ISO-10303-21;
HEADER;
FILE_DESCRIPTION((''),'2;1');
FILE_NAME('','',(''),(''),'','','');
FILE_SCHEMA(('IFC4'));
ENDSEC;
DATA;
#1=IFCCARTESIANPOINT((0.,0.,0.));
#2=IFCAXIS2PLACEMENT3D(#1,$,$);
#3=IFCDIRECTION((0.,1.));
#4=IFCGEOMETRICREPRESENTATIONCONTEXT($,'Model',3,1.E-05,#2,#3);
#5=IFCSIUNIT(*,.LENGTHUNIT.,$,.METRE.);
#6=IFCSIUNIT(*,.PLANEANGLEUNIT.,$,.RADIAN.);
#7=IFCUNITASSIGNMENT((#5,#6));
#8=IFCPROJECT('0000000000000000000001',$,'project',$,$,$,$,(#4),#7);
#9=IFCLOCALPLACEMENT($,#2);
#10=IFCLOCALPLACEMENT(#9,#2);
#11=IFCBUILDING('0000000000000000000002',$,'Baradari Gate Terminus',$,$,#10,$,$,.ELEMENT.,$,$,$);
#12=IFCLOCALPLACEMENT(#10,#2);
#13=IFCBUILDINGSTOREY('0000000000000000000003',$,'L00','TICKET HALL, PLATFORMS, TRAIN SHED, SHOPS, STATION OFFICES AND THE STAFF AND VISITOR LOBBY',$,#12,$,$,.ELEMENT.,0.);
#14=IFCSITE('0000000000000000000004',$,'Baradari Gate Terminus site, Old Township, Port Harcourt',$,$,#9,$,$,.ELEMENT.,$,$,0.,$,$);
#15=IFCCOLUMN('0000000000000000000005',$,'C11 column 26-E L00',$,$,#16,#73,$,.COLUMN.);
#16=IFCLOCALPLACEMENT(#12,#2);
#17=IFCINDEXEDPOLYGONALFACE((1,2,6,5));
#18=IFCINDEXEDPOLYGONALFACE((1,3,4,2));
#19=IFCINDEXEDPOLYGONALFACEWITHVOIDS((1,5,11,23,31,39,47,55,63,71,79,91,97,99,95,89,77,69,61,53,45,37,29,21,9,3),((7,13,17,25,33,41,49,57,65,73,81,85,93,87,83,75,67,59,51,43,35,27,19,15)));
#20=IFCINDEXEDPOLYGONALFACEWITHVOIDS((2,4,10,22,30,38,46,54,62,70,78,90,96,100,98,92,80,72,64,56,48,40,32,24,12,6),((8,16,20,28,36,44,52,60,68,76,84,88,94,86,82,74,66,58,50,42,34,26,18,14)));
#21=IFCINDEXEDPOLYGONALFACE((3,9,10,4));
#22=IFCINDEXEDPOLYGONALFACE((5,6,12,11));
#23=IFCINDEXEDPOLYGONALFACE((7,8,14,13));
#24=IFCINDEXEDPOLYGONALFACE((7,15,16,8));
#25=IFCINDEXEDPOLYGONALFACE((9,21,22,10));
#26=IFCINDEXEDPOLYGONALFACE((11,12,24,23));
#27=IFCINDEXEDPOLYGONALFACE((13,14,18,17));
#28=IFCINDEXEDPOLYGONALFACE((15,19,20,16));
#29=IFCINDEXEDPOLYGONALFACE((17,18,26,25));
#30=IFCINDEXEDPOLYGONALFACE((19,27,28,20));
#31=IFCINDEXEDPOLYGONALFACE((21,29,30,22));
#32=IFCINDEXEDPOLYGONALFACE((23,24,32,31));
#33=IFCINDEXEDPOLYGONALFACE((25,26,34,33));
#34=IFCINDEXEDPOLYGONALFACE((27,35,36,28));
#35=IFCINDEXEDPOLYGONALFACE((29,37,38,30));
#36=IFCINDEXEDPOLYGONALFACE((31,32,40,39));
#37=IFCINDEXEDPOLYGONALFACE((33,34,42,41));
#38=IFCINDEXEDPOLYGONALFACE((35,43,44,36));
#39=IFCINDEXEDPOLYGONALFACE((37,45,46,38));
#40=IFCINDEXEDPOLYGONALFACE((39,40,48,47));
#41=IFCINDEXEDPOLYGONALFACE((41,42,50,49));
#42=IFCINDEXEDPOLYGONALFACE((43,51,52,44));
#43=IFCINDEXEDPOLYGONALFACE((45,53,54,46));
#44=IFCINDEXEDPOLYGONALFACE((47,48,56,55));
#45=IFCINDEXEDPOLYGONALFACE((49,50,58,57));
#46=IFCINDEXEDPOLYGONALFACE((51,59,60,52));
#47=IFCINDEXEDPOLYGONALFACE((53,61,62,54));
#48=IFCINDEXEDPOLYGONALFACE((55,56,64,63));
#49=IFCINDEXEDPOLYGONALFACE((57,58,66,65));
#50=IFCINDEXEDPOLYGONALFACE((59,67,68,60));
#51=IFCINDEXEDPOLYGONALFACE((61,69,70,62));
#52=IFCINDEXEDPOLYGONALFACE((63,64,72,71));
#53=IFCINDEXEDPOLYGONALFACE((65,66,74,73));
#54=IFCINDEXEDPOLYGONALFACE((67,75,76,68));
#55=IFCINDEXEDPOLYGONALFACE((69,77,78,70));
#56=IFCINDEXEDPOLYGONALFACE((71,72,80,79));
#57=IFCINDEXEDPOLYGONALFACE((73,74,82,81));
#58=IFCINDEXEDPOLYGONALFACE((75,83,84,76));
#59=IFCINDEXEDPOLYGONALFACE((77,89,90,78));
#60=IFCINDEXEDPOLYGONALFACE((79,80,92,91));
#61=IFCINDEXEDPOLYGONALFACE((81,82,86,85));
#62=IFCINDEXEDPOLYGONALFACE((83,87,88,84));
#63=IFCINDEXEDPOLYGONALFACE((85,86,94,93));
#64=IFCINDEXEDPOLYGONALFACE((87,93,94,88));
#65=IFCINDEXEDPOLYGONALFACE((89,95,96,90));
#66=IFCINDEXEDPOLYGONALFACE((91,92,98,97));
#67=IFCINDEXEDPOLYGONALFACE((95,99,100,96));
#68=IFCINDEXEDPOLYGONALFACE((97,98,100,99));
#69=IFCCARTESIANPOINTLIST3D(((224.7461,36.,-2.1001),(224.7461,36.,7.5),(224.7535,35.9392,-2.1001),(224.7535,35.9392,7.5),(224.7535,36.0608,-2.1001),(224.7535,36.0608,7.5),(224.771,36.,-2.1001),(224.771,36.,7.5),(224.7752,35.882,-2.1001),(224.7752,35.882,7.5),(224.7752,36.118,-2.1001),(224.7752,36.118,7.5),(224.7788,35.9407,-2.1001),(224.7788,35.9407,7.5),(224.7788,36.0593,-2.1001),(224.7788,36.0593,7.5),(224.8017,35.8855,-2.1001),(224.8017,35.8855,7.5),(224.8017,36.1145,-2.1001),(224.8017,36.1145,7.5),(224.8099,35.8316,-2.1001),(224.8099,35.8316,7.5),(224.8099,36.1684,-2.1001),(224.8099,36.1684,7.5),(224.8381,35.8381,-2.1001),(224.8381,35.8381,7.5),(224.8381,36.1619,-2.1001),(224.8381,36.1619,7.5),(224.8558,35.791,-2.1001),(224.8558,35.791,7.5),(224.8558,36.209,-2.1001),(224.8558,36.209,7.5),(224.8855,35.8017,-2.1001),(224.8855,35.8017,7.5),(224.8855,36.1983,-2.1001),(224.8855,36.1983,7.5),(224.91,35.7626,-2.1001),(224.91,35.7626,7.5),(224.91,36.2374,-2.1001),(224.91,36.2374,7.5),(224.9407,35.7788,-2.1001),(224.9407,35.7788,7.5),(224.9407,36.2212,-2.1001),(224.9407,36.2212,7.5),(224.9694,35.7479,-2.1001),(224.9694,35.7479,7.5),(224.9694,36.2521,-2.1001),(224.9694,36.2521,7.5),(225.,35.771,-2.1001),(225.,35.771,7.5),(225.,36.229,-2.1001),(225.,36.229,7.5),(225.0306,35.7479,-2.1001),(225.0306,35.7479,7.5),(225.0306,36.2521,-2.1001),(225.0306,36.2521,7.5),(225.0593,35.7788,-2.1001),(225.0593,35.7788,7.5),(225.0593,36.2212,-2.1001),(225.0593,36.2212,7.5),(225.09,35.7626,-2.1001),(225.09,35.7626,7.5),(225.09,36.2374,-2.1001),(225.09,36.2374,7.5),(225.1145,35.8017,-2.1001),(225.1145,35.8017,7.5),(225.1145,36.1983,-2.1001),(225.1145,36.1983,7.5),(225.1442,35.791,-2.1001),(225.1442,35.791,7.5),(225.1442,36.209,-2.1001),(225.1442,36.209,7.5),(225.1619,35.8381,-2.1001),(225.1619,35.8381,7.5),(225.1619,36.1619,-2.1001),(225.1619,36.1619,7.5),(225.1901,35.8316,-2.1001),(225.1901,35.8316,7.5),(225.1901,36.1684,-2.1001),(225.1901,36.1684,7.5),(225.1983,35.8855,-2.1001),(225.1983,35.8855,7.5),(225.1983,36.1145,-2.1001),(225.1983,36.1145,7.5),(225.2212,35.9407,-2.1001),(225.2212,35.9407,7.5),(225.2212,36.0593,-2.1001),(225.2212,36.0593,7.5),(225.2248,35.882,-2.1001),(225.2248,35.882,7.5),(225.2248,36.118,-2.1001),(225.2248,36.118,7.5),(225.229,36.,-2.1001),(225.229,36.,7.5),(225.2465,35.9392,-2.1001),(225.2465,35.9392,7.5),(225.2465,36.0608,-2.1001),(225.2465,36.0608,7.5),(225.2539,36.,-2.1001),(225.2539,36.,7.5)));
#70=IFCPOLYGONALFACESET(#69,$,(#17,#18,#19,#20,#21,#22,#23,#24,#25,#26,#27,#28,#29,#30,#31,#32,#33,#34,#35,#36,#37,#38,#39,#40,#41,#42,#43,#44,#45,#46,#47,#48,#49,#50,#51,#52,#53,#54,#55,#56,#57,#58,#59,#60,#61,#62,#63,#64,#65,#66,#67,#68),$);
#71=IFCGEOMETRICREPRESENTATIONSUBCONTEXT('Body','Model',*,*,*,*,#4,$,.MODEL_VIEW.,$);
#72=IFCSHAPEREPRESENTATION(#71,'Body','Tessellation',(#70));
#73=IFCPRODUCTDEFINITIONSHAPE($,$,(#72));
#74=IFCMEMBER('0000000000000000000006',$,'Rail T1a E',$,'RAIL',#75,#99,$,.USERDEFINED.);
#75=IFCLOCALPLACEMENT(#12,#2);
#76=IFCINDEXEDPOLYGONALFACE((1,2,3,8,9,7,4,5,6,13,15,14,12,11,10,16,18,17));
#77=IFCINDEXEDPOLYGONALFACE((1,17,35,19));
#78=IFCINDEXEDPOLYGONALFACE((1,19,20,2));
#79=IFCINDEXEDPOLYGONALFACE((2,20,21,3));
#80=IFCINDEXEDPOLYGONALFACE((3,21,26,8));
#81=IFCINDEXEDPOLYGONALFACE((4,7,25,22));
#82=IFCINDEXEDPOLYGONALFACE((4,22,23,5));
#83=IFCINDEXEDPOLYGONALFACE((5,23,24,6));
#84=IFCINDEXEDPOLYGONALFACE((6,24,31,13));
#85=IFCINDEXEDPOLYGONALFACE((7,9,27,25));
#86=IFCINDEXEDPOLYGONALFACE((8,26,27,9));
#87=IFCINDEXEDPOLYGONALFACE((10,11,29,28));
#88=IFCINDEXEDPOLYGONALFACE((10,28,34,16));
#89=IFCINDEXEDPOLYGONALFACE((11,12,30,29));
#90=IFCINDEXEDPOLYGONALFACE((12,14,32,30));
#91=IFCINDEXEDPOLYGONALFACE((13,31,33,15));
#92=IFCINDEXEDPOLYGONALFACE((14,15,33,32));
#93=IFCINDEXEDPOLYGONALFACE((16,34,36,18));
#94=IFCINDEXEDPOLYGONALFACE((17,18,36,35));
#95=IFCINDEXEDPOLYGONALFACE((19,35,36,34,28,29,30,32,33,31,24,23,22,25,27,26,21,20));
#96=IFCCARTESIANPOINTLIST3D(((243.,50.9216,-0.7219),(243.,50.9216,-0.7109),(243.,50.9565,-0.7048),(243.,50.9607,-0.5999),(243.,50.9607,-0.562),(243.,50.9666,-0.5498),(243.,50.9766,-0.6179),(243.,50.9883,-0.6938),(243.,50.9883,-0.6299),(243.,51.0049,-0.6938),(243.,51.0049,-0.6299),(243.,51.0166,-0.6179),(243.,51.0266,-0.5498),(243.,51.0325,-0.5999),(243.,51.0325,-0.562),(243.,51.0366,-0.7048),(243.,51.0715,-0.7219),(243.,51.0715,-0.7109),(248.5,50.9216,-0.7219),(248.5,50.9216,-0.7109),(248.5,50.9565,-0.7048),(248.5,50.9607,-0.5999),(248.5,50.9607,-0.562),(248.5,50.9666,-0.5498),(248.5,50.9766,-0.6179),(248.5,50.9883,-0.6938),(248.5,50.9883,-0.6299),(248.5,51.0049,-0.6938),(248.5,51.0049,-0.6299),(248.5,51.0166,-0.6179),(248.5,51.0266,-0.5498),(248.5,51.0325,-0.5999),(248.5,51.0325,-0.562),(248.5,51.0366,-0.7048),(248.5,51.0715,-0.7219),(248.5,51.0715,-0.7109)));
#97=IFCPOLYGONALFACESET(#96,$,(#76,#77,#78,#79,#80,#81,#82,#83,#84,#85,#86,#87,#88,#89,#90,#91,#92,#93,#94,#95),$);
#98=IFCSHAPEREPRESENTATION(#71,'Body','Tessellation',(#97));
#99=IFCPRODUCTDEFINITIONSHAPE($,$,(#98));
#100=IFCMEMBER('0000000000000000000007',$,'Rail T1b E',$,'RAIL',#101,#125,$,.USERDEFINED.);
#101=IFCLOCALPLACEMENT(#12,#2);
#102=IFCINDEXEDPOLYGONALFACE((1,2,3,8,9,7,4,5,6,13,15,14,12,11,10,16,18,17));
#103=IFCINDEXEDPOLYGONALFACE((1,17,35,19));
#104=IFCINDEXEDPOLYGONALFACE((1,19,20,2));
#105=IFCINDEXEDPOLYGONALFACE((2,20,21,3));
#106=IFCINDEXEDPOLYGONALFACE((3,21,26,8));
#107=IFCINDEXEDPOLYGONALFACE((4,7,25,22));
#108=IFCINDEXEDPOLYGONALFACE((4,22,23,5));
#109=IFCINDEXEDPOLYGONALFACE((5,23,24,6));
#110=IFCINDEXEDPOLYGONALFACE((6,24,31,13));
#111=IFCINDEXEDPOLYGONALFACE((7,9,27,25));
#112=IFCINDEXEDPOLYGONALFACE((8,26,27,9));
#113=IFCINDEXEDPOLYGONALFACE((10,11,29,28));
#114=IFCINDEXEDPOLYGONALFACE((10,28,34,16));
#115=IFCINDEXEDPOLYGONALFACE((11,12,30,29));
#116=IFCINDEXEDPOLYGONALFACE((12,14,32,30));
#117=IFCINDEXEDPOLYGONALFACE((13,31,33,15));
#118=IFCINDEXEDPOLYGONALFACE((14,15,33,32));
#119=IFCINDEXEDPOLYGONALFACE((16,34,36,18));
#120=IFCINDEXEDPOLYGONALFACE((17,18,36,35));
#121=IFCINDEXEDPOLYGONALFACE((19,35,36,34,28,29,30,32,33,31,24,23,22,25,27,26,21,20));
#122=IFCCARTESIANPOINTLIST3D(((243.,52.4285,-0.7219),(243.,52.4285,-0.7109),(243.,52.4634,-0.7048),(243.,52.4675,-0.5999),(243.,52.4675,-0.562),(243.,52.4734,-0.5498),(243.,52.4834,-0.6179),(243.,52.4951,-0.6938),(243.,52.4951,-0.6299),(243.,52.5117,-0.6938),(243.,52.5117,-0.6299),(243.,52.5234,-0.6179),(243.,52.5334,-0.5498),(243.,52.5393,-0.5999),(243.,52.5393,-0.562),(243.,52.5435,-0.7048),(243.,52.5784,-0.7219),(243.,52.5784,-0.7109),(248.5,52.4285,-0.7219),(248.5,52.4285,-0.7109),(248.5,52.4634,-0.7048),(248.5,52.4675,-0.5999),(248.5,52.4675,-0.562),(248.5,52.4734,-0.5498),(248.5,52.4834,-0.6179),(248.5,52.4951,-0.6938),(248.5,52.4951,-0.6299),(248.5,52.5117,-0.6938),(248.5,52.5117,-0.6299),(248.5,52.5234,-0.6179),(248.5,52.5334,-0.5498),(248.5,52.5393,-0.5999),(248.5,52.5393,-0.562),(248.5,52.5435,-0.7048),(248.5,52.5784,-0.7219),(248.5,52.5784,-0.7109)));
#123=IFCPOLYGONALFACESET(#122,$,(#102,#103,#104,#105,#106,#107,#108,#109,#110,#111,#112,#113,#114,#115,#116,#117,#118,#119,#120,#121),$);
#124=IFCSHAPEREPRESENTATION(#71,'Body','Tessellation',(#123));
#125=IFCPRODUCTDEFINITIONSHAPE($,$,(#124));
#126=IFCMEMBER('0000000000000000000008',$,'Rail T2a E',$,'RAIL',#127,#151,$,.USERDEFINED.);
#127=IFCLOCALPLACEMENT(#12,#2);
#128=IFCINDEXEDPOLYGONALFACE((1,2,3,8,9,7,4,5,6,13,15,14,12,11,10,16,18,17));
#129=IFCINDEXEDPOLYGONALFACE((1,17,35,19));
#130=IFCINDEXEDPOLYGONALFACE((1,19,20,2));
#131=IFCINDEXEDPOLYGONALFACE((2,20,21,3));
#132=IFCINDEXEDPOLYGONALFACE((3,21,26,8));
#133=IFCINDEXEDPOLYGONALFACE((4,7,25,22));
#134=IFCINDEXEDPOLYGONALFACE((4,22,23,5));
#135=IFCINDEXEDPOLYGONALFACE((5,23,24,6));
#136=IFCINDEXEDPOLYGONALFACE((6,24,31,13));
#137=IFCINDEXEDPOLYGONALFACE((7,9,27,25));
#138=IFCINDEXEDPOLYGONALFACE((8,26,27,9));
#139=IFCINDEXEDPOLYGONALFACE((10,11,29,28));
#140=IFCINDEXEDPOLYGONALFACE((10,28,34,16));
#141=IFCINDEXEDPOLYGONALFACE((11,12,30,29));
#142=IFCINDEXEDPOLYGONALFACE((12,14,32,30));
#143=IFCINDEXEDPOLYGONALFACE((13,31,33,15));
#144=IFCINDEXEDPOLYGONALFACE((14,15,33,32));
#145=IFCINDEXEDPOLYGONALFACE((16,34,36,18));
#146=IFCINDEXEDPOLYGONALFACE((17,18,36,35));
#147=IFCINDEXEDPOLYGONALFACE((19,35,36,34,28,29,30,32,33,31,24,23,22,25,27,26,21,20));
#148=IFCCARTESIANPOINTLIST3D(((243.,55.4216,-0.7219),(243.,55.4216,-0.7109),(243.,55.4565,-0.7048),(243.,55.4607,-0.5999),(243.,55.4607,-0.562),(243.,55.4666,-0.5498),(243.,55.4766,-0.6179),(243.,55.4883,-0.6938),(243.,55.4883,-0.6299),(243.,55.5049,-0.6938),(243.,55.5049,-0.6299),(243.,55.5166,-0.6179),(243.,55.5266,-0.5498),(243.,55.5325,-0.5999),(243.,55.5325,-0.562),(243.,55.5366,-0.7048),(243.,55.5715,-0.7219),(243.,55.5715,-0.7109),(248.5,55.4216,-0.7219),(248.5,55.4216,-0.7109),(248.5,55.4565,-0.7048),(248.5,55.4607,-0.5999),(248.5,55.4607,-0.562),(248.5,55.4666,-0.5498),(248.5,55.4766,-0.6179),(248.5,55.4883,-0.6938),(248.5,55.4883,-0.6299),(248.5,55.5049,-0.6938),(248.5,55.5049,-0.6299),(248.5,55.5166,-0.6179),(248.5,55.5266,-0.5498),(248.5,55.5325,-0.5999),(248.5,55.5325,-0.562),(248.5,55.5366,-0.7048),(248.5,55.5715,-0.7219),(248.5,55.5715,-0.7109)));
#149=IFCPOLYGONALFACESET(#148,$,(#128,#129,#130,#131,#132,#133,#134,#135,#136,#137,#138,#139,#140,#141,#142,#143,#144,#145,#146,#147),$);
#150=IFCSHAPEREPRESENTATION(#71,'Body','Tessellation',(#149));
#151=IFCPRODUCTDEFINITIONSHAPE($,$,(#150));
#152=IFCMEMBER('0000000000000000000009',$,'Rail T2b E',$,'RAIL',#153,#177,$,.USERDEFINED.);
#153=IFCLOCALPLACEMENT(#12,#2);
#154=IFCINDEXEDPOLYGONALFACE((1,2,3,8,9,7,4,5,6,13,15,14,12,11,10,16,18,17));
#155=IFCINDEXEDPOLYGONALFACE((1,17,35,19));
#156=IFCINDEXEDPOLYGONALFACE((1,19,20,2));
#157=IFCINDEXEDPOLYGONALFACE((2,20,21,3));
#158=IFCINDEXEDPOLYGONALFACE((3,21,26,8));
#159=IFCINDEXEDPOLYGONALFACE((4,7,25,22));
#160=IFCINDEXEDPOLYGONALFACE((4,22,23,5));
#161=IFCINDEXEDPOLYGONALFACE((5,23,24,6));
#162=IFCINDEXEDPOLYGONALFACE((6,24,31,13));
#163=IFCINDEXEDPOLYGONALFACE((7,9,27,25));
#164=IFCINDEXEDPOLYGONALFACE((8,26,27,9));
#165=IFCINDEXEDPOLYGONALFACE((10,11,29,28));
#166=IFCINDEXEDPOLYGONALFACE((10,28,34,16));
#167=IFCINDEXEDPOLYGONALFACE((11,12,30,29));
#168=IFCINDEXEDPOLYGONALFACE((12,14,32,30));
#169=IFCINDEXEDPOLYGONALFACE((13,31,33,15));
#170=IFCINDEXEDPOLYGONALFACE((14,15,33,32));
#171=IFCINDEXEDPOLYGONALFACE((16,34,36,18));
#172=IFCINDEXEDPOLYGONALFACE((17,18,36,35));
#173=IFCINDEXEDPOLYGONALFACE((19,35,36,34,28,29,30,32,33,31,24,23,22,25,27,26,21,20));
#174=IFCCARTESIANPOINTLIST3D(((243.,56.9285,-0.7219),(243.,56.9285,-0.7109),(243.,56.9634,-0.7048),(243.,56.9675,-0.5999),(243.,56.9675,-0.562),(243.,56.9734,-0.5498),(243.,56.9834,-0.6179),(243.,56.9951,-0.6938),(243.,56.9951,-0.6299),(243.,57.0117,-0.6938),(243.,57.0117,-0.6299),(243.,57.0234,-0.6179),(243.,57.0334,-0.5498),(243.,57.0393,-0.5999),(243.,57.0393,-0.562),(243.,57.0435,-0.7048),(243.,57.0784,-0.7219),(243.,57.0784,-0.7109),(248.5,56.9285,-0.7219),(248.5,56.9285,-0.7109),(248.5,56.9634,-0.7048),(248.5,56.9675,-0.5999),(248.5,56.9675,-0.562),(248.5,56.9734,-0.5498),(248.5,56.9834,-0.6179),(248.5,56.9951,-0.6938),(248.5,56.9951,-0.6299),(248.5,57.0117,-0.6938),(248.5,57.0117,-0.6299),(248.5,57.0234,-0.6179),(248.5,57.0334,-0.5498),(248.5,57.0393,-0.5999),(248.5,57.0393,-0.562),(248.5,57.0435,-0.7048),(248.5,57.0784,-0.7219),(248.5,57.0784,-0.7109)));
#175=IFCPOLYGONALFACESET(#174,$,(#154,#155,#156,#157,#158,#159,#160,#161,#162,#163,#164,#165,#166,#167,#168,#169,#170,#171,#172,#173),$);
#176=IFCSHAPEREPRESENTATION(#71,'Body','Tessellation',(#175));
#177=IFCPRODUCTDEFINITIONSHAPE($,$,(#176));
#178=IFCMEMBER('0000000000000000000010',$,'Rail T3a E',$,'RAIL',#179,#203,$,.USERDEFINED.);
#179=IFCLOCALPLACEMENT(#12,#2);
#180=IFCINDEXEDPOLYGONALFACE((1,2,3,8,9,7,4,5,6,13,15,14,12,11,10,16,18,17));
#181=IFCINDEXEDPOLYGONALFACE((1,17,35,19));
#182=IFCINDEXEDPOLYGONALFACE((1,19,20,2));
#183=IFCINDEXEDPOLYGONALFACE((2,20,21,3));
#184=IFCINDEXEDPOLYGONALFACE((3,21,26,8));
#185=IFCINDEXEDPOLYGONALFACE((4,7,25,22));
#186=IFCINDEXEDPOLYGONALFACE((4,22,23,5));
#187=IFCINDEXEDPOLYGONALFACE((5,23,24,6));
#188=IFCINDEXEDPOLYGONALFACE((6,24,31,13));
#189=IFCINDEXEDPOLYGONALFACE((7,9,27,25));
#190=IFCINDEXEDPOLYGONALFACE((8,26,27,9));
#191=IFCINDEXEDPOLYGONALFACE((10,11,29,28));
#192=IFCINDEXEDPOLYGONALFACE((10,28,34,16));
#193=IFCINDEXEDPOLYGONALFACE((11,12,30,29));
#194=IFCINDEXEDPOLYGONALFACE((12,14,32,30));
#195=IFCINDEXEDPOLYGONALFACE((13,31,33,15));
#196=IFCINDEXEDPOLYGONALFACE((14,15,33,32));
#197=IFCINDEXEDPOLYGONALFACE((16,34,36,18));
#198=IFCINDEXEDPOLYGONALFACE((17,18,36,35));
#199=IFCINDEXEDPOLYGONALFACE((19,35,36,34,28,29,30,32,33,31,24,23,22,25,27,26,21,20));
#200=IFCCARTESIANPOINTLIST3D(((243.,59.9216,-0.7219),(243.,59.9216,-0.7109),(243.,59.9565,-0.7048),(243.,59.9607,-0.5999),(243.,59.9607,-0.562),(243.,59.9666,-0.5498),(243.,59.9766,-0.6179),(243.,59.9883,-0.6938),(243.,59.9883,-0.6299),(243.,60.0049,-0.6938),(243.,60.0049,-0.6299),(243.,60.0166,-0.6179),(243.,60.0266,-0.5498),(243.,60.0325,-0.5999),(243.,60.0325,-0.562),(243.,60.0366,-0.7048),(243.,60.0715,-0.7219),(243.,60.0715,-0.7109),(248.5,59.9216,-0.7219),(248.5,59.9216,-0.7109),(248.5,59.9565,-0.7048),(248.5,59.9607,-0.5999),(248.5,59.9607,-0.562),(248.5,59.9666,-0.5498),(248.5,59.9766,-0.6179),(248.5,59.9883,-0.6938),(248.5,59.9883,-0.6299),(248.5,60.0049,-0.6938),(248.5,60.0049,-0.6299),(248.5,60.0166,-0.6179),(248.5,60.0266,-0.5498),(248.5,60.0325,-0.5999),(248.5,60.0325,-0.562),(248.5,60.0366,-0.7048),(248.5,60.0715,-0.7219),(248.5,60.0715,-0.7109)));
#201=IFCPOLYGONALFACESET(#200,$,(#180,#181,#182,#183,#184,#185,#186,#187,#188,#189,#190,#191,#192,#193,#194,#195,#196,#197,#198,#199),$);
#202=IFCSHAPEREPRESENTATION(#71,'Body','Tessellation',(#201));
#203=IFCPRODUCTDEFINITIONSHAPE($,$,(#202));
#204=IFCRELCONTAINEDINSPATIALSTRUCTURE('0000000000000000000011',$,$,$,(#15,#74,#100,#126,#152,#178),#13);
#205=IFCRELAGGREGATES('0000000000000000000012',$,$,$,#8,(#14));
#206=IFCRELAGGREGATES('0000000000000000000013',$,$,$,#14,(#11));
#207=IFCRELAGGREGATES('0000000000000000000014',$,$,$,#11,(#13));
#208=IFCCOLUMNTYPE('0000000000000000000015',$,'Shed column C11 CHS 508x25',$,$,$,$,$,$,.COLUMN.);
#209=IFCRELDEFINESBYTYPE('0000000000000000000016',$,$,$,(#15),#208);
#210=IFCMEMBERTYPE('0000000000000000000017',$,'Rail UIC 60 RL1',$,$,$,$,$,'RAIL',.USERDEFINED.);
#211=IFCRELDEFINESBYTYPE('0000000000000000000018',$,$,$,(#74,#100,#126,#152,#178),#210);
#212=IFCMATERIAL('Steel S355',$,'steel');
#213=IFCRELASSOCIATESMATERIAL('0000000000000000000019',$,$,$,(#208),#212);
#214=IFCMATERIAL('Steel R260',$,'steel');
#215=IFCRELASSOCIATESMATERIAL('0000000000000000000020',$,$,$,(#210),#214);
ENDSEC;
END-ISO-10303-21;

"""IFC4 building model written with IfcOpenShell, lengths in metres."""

from ifc_helpers import new_model, si_unit, direction, frame, origin, origin_2d, place, context, subcontext, project, spatial, polyline, hollow_circle, outline, extrude, material, material_profile, profile_set, type_object, element, save


model = new_model("IFC4")

# Units and contexts
model_context = context("Model", 3, precision=1e-05, world=origin(), true_north=direction((0.0, 1.0)))
body_context = subcontext(model_context, "Body", "Model", "MODEL_VIEW")
ifc_project = project(units=[si_unit("LENGTHUNIT", "METRE"), si_unit("PLANEANGLEUNIT", "RADIAN")], contexts=[model_context])

# Site, building, storey
site_placement = place(None, origin())
site = spatial("IfcSite", under=ifc_project, at=site_placement, Name="Baradari Gate Terminus site, Old Township, Port Harcourt", CompositionType="ELEMENT", RefElevation=0.0)
building_placement = place(site_placement, origin())
building = spatial("IfcBuilding", under=site, at=building_placement, Name="Baradari Gate Terminus", CompositionType="ELEMENT")
storey_placement = place(building_placement, origin())
storey = spatial("IfcBuildingStorey", under=building, at=storey_placement, Name="L00", Description="TICKET HALL, PLATFORMS, TRAIN SHED, SHOPS, STATION OFFICES AND THE STAFF AND VISITOR LOBBY", CompositionType="ELEMENT", Elevation=0.0)

# Column
ifc_material_1 = material(Name="Steel S355", Category="steel")
ifc_material_profile_1 = material_profile(ifc_material_1, hollow_circle(Radius=0.2539, WallThickness=0.0249, at=origin_2d()), Name="CHS 508x25")
ifc_profile_set_1 = profile_set([ifc_material_profile_1], Name="Steel S355")
column_type_1 = type_object("IfcColumnType", Name="Shed column C11 CHS 508x25", PredefinedType="COLUMN", material=ifc_profile_set_1)
column_placement = place(storey_placement, frame((225.0, 36.0, -2.1001), z_axis=(0.0, 0.0, 1.0), x_axis=(1.0, 0.0, 0.0)))
element("IfcColumn", 1, at=column_placement, inside=storey, type_object=column_type_1, Name="C11 column 26-E L00", PredefinedType="COLUMN", context=body_context, shape_type="SweptSolid", body=[
    extrude(hollow_circle(Radius=0.2539, WallThickness=0.0249, at=origin_2d()), origin(), (0.0, 0.0, 1.0), 9.6001),
])

# Members
ifc_material_2 = material(Name="Steel R260", Category="steel")
ifc_material_profile_2 = material_profile(ifc_material_2, outline(polyline([(-0.075, 0.0), (0.075, 0.0), (0.075, 0.011), (0.04, 0.0171), (0.0083, 0.0281), (0.0083, 0.092), (0.02, 0.104), (0.0359, 0.1221), (0.0359, 0.1599), (0.03, 0.1721), (-0.03, 0.1721), (-0.0359, 0.1599), (-0.0359, 0.1221), (-0.02, 0.104), (-0.0083, 0.092), (-0.0083, 0.0281), (-0.04, 0.0171), (-0.075, 0.011), (-0.075, 0.0)])), Name="UIC 60 (60E1)")
ifc_profile_set_2 = profile_set([ifc_material_profile_2], Name="Steel R260")
member_type = type_object("IfcMemberType", Name="Rail UIC 60 RL1", ElementType="RAIL", PredefinedType="USERDEFINED", material=ifc_profile_set_2)
for number, where, z_axis, x_axis, name in (
    (2, (243.0, 50.9966, -0.7219), (1.0, 0.0, 0.0), (0.0, 1.0, 0.0), "Rail T1a E"),
    (3, (243.0, 52.5034, -0.7219), (1.0, 0.0, 0.0), (0.0, 1.0, 0.0), "Rail T1b E"),
    (4, (243.0, 55.4966, -0.7219), (1.0, 0.0, 0.0), (0.0, 1.0, 0.0), "Rail T2a E"),
    (5, (243.0, 57.0034, -0.7219), (1.0, 0.0, 0.0), (0.0, 1.0, 0.0), "Rail T2b E"),
    (6, (243.0, 59.9966, -0.7219), (1.0, 0.0, 0.0), (0.0, 1.0, 0.0), "Rail T3a E"),
):
    element("IfcMember", number, at=place(storey_placement, frame(where, z_axis=z_axis, x_axis=x_axis)), inside=storey, type_object=member_type, Name=name, ObjectType="RAIL", PredefinedType="USERDEFINED", context=body_context, shape_type="SweptSolid", body=[
        extrude(outline(polyline([(-0.075, 0.0), (0.075, 0.0), (0.075, 0.011), (0.04, 0.0171), (0.0083, 0.0281), (0.0083, 0.092), (0.02, 0.104), (0.0359, 0.1221), (0.0359, 0.1599), (0.03, 0.1721), (-0.03, 0.1721), (-0.0359, 0.1599), (-0.0359, 0.1221), (-0.02, 0.104), (-0.0083, 0.092), (-0.0083, 0.0281), (-0.04, 0.0171), (-0.075, 0.011), (-0.075, 0.0)])), origin(), (0.0, 0.0, 1.0), 5.5),
    ])

save(model, "model.ifc")
